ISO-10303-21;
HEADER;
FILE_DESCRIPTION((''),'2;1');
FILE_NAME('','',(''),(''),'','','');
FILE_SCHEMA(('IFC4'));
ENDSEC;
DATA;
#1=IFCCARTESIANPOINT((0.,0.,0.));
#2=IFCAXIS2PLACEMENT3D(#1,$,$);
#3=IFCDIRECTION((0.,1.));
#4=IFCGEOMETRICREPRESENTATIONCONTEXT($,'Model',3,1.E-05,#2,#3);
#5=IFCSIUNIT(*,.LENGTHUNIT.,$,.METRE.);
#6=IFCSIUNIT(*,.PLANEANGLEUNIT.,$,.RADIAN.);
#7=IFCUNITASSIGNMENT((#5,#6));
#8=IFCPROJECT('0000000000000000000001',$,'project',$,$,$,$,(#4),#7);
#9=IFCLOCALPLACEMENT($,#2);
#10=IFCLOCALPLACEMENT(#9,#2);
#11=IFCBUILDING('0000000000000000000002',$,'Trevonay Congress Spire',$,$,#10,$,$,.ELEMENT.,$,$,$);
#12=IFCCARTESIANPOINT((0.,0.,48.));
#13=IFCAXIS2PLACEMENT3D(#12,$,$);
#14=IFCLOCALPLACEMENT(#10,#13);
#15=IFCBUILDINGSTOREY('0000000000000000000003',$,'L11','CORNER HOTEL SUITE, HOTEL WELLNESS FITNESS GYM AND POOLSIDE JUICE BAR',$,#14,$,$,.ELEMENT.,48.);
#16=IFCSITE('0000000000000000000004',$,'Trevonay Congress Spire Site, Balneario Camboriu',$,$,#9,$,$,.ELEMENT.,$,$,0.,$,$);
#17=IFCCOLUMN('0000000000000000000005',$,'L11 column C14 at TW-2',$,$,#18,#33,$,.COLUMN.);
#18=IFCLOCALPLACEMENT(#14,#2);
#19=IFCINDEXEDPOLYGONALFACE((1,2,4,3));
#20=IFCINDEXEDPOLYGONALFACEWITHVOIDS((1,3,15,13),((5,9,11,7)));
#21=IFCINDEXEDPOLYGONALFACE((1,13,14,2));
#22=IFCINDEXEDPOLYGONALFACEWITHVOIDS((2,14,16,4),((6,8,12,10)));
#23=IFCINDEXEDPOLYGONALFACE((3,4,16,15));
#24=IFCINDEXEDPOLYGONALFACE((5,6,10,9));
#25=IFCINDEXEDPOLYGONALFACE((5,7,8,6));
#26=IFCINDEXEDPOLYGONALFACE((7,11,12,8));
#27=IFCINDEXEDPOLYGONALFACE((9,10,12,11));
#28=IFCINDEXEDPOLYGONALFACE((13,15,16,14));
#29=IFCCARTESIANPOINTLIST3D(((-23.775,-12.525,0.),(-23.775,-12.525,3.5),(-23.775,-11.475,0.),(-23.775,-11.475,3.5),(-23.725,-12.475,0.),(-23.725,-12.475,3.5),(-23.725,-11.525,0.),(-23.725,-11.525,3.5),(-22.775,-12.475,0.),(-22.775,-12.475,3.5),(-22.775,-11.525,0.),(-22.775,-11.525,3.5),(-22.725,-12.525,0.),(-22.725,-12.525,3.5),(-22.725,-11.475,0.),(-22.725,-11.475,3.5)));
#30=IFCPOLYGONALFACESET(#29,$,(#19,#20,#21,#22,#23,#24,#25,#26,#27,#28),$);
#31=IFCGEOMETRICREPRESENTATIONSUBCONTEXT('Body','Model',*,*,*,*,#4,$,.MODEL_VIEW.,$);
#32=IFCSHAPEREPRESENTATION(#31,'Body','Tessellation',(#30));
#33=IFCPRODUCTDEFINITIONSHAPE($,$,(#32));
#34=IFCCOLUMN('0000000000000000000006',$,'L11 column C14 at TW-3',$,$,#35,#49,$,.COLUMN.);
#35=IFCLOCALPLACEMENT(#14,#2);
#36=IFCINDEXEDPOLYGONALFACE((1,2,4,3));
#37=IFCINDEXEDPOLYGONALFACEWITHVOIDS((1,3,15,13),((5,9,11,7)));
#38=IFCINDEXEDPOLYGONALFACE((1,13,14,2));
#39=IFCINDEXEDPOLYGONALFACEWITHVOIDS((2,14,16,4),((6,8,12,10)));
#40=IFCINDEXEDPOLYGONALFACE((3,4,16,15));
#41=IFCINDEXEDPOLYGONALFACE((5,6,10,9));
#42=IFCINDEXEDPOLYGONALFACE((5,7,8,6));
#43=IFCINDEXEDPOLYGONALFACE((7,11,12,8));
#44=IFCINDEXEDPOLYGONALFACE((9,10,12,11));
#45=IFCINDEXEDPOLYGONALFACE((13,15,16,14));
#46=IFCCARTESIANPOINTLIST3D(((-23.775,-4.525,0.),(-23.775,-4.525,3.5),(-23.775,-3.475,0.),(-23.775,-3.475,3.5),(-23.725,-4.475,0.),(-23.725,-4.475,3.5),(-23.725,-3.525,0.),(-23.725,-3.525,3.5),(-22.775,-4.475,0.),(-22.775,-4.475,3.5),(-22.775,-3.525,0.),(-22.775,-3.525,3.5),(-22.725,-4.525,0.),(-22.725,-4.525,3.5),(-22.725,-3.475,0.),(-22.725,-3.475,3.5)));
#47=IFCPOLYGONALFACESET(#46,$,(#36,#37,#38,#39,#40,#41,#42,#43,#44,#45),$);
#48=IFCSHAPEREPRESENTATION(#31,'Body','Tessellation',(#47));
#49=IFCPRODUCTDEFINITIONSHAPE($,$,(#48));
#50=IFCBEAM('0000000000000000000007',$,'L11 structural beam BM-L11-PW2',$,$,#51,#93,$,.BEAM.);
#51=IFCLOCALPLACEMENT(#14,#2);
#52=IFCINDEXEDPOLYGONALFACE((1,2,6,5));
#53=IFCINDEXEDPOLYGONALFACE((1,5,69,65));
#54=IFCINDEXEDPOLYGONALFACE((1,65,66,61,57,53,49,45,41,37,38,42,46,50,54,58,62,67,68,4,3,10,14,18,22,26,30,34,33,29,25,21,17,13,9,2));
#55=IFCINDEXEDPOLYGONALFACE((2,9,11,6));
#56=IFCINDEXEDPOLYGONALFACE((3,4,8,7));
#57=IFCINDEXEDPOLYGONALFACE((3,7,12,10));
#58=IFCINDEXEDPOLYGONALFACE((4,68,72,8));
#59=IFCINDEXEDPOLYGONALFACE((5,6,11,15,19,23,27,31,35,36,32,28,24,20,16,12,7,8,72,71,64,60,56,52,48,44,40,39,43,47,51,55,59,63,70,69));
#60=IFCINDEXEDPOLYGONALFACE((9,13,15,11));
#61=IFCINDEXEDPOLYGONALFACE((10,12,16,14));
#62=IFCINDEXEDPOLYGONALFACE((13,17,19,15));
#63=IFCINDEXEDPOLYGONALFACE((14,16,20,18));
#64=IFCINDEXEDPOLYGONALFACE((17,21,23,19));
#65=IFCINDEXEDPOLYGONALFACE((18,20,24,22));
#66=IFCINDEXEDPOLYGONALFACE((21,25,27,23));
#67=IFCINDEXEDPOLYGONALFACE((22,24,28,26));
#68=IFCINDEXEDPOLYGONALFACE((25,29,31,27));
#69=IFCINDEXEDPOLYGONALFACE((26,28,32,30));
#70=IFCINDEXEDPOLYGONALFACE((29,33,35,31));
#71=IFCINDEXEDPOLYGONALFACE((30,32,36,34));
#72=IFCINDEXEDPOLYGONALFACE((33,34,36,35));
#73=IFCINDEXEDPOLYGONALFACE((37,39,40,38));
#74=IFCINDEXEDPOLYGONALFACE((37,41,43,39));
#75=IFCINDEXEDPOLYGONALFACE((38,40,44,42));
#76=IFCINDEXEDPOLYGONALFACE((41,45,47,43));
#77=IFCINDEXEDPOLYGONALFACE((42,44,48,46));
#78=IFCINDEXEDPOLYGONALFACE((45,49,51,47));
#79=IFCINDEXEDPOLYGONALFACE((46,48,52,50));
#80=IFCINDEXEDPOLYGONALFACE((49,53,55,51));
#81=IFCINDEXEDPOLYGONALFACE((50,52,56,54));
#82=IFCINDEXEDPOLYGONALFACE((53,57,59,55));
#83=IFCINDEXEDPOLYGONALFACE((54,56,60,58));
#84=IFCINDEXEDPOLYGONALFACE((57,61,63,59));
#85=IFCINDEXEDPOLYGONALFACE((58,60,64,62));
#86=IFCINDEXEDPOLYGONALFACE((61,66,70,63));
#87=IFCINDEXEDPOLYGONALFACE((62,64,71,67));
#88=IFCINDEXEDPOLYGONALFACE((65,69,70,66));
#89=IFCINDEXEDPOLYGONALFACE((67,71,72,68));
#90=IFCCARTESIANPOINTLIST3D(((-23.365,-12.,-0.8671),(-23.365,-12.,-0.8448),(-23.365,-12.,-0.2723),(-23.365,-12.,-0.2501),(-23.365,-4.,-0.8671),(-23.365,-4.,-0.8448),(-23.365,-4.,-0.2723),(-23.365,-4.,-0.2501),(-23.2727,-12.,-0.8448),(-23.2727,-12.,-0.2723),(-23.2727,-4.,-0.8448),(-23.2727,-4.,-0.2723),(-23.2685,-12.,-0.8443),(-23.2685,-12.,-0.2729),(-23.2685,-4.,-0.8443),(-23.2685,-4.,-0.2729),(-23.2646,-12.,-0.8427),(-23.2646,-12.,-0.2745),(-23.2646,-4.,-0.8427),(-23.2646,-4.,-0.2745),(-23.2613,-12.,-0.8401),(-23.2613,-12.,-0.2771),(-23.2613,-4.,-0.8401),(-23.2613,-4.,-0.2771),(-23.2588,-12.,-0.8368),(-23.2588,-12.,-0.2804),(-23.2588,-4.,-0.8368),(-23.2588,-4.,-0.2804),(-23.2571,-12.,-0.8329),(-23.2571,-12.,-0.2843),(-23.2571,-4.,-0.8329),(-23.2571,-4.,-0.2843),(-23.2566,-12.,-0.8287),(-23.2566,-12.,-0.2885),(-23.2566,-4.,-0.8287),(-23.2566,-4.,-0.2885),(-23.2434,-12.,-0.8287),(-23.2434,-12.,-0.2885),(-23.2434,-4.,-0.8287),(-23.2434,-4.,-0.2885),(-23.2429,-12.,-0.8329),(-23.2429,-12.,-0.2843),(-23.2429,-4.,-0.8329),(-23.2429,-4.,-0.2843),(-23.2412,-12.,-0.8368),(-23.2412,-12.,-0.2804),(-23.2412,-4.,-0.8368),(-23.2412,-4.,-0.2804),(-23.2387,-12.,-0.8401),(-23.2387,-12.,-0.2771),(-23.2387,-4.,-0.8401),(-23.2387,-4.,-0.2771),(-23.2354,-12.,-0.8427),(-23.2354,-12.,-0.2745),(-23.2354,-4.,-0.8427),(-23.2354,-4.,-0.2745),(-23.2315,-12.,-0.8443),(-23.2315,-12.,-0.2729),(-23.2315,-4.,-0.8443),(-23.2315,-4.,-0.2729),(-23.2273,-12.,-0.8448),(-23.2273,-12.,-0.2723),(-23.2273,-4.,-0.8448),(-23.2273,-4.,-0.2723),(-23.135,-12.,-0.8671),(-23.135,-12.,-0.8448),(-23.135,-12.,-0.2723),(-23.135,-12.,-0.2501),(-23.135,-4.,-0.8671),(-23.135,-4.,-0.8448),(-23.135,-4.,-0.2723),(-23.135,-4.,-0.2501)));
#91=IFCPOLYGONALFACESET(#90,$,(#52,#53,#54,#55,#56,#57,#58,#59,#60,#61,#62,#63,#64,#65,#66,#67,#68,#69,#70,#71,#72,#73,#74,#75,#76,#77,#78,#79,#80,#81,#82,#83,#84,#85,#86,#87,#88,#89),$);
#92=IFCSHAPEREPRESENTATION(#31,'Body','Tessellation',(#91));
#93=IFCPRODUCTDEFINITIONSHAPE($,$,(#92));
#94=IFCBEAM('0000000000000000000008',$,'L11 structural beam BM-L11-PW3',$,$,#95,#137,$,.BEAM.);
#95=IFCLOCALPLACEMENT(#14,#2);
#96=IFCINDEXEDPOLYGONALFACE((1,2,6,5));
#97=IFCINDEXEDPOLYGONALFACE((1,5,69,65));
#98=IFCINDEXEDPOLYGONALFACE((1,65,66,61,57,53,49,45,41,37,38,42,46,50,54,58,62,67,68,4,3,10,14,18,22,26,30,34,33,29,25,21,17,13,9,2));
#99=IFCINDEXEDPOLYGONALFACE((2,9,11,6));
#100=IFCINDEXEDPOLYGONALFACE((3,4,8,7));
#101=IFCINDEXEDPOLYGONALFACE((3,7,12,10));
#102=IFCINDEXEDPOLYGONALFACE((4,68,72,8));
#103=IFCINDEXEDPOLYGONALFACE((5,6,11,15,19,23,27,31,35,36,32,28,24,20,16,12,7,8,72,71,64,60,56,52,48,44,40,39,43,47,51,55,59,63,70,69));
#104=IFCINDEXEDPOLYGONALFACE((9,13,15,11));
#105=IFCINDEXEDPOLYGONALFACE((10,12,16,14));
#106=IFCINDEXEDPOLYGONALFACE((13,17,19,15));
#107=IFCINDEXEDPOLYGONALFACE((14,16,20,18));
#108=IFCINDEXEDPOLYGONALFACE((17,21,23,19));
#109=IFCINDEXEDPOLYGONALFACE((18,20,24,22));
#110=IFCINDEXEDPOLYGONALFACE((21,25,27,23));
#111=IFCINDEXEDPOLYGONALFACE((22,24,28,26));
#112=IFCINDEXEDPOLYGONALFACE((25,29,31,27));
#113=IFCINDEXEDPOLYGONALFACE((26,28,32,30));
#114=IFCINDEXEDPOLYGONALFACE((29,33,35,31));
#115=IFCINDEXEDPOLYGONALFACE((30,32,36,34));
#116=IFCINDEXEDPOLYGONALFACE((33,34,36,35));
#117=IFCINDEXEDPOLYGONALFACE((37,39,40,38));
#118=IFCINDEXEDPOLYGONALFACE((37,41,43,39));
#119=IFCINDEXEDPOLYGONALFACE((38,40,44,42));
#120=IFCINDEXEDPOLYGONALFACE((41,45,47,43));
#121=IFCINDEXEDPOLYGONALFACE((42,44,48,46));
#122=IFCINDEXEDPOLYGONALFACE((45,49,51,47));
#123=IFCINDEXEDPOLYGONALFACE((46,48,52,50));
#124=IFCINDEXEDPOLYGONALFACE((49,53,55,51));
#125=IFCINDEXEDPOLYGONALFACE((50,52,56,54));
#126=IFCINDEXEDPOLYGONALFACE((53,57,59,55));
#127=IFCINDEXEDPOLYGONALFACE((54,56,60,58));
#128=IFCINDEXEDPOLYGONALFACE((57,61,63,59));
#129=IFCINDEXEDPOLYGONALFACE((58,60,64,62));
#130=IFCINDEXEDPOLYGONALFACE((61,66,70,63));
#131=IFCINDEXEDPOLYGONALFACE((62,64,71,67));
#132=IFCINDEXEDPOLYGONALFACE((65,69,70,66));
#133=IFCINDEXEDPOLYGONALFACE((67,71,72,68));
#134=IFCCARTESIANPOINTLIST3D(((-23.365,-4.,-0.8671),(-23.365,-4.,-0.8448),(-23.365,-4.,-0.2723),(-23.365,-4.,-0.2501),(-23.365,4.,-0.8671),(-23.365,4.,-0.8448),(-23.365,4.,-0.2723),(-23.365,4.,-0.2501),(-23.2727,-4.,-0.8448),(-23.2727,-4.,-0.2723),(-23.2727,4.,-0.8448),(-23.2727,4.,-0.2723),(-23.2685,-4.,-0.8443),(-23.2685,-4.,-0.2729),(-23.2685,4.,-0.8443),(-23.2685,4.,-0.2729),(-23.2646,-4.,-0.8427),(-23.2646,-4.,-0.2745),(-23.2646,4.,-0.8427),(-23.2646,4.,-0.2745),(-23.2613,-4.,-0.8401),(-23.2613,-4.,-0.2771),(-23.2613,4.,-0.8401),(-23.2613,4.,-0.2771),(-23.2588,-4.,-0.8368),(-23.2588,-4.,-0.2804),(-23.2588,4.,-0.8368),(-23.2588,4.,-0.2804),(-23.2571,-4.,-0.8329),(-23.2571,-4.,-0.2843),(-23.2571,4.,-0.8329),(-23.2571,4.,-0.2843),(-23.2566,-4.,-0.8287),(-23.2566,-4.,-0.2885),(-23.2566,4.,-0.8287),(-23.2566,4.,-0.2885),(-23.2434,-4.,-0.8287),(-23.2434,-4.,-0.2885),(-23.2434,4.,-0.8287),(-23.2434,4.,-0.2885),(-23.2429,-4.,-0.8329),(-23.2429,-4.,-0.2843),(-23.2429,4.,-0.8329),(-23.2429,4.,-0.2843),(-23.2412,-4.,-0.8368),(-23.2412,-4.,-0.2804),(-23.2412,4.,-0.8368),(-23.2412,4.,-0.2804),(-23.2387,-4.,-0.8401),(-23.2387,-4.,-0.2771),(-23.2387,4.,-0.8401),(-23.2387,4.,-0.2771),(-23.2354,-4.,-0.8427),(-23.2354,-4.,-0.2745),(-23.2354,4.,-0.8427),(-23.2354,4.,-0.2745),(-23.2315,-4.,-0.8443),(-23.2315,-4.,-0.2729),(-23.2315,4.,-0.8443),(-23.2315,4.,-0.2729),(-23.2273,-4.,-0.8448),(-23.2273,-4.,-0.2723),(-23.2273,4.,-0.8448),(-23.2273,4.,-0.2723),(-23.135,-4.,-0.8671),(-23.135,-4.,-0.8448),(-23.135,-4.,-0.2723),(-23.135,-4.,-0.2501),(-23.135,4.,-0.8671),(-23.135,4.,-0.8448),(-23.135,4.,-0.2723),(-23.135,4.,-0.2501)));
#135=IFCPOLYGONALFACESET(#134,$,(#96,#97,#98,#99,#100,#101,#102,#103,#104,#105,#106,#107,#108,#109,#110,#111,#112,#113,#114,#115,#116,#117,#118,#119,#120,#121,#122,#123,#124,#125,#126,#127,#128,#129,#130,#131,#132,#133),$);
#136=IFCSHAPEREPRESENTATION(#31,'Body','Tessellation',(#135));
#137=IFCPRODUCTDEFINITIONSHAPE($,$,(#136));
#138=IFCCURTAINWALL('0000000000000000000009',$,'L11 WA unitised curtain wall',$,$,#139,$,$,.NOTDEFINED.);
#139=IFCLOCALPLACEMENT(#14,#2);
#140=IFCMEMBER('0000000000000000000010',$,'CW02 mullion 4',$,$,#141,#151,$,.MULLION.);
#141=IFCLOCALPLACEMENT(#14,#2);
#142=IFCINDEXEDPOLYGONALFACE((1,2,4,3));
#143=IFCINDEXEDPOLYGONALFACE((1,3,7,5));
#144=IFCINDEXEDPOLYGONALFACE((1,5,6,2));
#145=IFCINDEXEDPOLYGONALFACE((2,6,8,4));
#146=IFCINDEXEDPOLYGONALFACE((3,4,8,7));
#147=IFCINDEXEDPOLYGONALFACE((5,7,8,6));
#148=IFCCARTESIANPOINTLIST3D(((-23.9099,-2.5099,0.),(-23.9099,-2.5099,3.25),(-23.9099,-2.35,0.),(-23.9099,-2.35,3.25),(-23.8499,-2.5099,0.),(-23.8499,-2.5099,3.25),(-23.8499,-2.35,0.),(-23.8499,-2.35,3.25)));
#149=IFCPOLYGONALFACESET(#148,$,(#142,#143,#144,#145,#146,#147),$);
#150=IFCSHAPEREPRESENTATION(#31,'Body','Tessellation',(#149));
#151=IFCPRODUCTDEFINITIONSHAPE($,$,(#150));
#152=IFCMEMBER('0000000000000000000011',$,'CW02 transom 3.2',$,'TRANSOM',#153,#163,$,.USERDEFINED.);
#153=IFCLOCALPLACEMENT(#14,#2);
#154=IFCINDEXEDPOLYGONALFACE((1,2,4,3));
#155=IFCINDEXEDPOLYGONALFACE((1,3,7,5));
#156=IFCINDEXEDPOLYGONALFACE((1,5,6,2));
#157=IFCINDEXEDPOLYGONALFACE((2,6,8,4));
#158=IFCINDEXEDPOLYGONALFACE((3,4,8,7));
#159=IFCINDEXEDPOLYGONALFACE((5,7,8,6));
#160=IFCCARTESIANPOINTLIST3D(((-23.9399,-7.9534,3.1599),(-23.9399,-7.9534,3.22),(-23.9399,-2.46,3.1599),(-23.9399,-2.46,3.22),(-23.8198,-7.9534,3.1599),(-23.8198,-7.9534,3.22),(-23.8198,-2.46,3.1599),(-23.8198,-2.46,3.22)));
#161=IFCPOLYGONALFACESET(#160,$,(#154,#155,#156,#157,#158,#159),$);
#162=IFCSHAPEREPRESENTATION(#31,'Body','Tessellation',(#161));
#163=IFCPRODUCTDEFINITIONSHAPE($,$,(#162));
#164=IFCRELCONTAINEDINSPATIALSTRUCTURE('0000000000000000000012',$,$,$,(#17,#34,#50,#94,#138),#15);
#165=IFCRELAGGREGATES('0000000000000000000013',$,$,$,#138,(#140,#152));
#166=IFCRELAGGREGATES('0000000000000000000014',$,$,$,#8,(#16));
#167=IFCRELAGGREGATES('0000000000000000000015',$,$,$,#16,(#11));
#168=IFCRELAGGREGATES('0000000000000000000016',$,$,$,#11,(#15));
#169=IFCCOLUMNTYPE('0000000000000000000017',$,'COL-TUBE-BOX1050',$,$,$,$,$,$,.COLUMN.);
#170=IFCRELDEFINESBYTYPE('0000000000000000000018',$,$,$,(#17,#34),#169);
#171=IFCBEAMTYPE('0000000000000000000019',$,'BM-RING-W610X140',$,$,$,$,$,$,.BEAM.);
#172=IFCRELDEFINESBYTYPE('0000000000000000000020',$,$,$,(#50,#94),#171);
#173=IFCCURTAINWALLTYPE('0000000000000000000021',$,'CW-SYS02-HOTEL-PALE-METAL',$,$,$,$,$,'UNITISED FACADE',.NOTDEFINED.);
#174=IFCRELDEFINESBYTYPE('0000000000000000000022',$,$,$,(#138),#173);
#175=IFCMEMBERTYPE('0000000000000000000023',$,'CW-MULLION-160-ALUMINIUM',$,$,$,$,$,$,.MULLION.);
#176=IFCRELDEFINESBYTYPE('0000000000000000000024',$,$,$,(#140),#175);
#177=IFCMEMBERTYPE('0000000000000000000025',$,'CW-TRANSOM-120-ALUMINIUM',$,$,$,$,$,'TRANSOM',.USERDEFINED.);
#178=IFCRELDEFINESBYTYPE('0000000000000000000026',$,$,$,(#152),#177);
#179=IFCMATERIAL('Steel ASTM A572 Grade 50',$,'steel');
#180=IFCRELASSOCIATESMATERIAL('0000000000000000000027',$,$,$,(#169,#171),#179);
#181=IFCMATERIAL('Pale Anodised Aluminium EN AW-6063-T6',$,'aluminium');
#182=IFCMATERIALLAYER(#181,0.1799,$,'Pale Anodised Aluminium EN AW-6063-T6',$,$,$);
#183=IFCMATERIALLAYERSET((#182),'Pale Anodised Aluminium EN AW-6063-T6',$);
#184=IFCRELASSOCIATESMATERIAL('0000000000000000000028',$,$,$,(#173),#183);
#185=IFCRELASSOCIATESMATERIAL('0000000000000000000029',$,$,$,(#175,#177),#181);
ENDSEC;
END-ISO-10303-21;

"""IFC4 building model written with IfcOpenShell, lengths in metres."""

from ifc_helpers import new_model, si_unit, direction, frame, origin, origin_2d, place, context, subcontext, project, spatial, rectangle, hollow_rectangle, i_section, extrude, material, layer, layer_set, material_profile, profile_set, type_object, element, aggregate, save


model = new_model("IFC4")

# Units and contexts
model_context = context("Model", 3, precision=1e-05, world=origin(), true_north=direction((0.0, 1.0)))
body_context = subcontext(model_context, "Body", "Model", "MODEL_VIEW")
ifc_project = project(units=[si_unit("LENGTHUNIT", "METRE"), si_unit("PLANEANGLEUNIT", "RADIAN")], contexts=[model_context])

# Site, building, storey
site_placement = place(None, origin())
site = spatial("IfcSite", under=ifc_project, at=site_placement, Name="Trevonay Congress Spire Site, Balneario Camboriu", CompositionType="ELEMENT", RefElevation=0.0)
building_placement = place(site_placement, origin())
building = spatial("IfcBuilding", under=site, at=building_placement, Name="Trevonay Congress Spire", CompositionType="ELEMENT")
storey_placement = place(building_placement, frame((0.0, 0.0, 48.0)))
storey = spatial("IfcBuildingStorey", under=building, at=storey_placement, Name="L11", Description="CORNER HOTEL SUITE, HOTEL WELLNESS FITNESS GYM AND POOLSIDE JUICE BAR", CompositionType="ELEMENT", Elevation=48.0)

# Columns
ifc_material_1 = material(Name="Steel ASTM A572 Grade 50", Category="steel")
ifc_material_profile_1 = material_profile(ifc_material_1, hollow_rectangle(XDim=1.05, YDim=1.05, WallThickness=0.05, at=origin_2d()), Name="BOX 1050x1050x50")
ifc_profile_set_1 = profile_set([ifc_material_profile_1], Name="Steel ASTM A572 Grade 50")
column_type = type_object("IfcColumnType", Name="COL-TUBE-BOX1050", PredefinedType="COLUMN", material=ifc_profile_set_1)
for number, where, z_axis, x_axis, name in (
    (1, (-23.25, -12.0, 0.0), (0.0, 0.0, 1.0), (1.0, 0.0, 0.0), "L11 column C14 at TW-2"),
    (2, (-23.25, -4.0, 0.0), (0.0, 0.0, 1.0), (1.0, 0.0, 0.0), "L11 column C14 at TW-3"),
):
    element("IfcColumn", number, at=place(storey_placement, frame(where, z_axis=z_axis, x_axis=x_axis)), inside=storey, type_object=column_type, Name=name, PredefinedType="COLUMN", context=body_context, shape_type="SweptSolid", body=[
        extrude(hollow_rectangle(XDim=1.05, YDim=1.05, WallThickness=0.05, at=origin_2d()), origin(), (0.0, 0.0, 1.0), 3.5),
    ])

# Beams
ifc_material_profile_2 = material_profile(ifc_material_1, i_section(OverallWidth=0.23, OverallDepth=0.6169, WebThickness=0.0132, FlangeThickness=0.0222, FilletRadius=0.0161, at=origin_2d()), Name="W610x140")
ifc_profile_set_2 = profile_set([ifc_material_profile_2], Name="Steel ASTM A572 Grade 50")
beam_type_1 = type_object("IfcBeamType", Name="BM-RING-W610X140", PredefinedType="BEAM", material=ifc_profile_set_2)
for number, where, z_axis, x_axis, name in (
    (3, (-23.25, -12.0, -0.5586), (0.0, 1.0, 0.0), (-1.0, 0.0, 0.0), "L11 structural beam BM-L11-PW2"),
    (4, (-23.25, -4.0, -0.5586), (0.0, 1.0, 0.0), (-1.0, 0.0, 0.0), "L11 structural beam BM-L11-PW3"),
):
    element("IfcBeam", number, at=place(storey_placement, frame(where, z_axis=z_axis, x_axis=x_axis)), inside=storey, type_object=beam_type_1, Name=name, PredefinedType="BEAM", context=body_context, shape_type="SweptSolid", body=[
        extrude(i_section(OverallWidth=0.23, OverallDepth=0.6169, WebThickness=0.0132, FlangeThickness=0.0222, FilletRadius=0.0161, at=origin_2d()), origin(), (0.0, 0.0, 1.0), 8.0),
    ])

# Curtain wall, members
ifc_material_2 = material(Name="Pale Anodised Aluminium EN AW-6063-T6", Category="aluminium")
ifc_layer_1 = layer(ifc_material_2, 0.1799, Name="Pale Anodised Aluminium EN AW-6063-T6")
ifc_layer_set_1 = layer_set([ifc_layer_1], Name="Pale Anodised Aluminium EN AW-6063-T6")
curtain_wall_type = type_object("IfcCurtainWallType", Name="CW-SYS02-HOTEL-PALE-METAL", ElementType="UNITISED FACADE", PredefinedType="NOTDEFINED", material=ifc_layer_set_1)
curtain_wall_placement = place(storey_placement, origin())
curtain_wall = element("IfcCurtainWall", 5, at=curtain_wall_placement, inside=storey, type_object=curtain_wall_type, Name="L11 WA unitised curtain wall", PredefinedType="NOTDEFINED")
ifc_material_profile_3 = material_profile(ifc_material_2, rectangle(XDim=0.0601, YDim=0.1599, at=origin_2d()), Name="CW-MULLION-160-ALUMINIUM")
ifc_profile_set_3 = profile_set([ifc_material_profile_3], Name="Pale Anodised Aluminium EN AW-6063-T6")
member_type_1 = type_object("IfcMemberType", Name="CW-MULLION-160-ALUMINIUM", PredefinedType="MULLION", material=ifc_profile_set_3)
member_1_placement = place(storey_placement, frame((-23.8799, -2.4299, 0.0), z_axis=(0.0, 0.0, 1.0), x_axis=(-1.0, 0.0, 0.0)))
member_1 = element("IfcMember", 6, at=member_1_placement, type_object=member_type_1, Name="CW02 mullion 4", PredefinedType="MULLION", context=body_context, shape_type="SweptSolid", body=[
    extrude(rectangle(XDim=0.0601, YDim=0.1599, at=origin_2d()), origin(), (0.0, 0.0, 1.0), 3.25),
])
ifc_material_profile_4 = material_profile(ifc_material_2, rectangle(XDim=0.1201, YDim=0.0601, at=origin_2d()), Name="CW-TRANSOM-120-ALUMINIUM")
ifc_profile_set_4 = profile_set([ifc_material_profile_4], Name="Pale Anodised Aluminium EN AW-6063-T6")
member_type_2 = type_object("IfcMemberType", Name="CW-TRANSOM-120-ALUMINIUM", ElementType="TRANSOM", PredefinedType="USERDEFINED", material=ifc_profile_set_4)
member_2_placement = place(storey_placement, frame((-23.8799, -7.9534, 3.1899), z_axis=(0.0, 1.0, 0.0), x_axis=(-1.0, 0.0, 0.0)))
member_2 = element("IfcMember", 7, at=member_2_placement, type_object=member_type_2, Name="CW02 transom 3.2", ObjectType="TRANSOM", PredefinedType="USERDEFINED", context=body_context, shape_type="SweptSolid", body=[
    extrude(rectangle(XDim=0.1201, YDim=0.0601, at=origin_2d()), origin(), (0.0, 0.0, 1.0), 5.4934),
])

aggregate(curtain_wall, [member_1, member_2])

save(model, "model.ifc")
